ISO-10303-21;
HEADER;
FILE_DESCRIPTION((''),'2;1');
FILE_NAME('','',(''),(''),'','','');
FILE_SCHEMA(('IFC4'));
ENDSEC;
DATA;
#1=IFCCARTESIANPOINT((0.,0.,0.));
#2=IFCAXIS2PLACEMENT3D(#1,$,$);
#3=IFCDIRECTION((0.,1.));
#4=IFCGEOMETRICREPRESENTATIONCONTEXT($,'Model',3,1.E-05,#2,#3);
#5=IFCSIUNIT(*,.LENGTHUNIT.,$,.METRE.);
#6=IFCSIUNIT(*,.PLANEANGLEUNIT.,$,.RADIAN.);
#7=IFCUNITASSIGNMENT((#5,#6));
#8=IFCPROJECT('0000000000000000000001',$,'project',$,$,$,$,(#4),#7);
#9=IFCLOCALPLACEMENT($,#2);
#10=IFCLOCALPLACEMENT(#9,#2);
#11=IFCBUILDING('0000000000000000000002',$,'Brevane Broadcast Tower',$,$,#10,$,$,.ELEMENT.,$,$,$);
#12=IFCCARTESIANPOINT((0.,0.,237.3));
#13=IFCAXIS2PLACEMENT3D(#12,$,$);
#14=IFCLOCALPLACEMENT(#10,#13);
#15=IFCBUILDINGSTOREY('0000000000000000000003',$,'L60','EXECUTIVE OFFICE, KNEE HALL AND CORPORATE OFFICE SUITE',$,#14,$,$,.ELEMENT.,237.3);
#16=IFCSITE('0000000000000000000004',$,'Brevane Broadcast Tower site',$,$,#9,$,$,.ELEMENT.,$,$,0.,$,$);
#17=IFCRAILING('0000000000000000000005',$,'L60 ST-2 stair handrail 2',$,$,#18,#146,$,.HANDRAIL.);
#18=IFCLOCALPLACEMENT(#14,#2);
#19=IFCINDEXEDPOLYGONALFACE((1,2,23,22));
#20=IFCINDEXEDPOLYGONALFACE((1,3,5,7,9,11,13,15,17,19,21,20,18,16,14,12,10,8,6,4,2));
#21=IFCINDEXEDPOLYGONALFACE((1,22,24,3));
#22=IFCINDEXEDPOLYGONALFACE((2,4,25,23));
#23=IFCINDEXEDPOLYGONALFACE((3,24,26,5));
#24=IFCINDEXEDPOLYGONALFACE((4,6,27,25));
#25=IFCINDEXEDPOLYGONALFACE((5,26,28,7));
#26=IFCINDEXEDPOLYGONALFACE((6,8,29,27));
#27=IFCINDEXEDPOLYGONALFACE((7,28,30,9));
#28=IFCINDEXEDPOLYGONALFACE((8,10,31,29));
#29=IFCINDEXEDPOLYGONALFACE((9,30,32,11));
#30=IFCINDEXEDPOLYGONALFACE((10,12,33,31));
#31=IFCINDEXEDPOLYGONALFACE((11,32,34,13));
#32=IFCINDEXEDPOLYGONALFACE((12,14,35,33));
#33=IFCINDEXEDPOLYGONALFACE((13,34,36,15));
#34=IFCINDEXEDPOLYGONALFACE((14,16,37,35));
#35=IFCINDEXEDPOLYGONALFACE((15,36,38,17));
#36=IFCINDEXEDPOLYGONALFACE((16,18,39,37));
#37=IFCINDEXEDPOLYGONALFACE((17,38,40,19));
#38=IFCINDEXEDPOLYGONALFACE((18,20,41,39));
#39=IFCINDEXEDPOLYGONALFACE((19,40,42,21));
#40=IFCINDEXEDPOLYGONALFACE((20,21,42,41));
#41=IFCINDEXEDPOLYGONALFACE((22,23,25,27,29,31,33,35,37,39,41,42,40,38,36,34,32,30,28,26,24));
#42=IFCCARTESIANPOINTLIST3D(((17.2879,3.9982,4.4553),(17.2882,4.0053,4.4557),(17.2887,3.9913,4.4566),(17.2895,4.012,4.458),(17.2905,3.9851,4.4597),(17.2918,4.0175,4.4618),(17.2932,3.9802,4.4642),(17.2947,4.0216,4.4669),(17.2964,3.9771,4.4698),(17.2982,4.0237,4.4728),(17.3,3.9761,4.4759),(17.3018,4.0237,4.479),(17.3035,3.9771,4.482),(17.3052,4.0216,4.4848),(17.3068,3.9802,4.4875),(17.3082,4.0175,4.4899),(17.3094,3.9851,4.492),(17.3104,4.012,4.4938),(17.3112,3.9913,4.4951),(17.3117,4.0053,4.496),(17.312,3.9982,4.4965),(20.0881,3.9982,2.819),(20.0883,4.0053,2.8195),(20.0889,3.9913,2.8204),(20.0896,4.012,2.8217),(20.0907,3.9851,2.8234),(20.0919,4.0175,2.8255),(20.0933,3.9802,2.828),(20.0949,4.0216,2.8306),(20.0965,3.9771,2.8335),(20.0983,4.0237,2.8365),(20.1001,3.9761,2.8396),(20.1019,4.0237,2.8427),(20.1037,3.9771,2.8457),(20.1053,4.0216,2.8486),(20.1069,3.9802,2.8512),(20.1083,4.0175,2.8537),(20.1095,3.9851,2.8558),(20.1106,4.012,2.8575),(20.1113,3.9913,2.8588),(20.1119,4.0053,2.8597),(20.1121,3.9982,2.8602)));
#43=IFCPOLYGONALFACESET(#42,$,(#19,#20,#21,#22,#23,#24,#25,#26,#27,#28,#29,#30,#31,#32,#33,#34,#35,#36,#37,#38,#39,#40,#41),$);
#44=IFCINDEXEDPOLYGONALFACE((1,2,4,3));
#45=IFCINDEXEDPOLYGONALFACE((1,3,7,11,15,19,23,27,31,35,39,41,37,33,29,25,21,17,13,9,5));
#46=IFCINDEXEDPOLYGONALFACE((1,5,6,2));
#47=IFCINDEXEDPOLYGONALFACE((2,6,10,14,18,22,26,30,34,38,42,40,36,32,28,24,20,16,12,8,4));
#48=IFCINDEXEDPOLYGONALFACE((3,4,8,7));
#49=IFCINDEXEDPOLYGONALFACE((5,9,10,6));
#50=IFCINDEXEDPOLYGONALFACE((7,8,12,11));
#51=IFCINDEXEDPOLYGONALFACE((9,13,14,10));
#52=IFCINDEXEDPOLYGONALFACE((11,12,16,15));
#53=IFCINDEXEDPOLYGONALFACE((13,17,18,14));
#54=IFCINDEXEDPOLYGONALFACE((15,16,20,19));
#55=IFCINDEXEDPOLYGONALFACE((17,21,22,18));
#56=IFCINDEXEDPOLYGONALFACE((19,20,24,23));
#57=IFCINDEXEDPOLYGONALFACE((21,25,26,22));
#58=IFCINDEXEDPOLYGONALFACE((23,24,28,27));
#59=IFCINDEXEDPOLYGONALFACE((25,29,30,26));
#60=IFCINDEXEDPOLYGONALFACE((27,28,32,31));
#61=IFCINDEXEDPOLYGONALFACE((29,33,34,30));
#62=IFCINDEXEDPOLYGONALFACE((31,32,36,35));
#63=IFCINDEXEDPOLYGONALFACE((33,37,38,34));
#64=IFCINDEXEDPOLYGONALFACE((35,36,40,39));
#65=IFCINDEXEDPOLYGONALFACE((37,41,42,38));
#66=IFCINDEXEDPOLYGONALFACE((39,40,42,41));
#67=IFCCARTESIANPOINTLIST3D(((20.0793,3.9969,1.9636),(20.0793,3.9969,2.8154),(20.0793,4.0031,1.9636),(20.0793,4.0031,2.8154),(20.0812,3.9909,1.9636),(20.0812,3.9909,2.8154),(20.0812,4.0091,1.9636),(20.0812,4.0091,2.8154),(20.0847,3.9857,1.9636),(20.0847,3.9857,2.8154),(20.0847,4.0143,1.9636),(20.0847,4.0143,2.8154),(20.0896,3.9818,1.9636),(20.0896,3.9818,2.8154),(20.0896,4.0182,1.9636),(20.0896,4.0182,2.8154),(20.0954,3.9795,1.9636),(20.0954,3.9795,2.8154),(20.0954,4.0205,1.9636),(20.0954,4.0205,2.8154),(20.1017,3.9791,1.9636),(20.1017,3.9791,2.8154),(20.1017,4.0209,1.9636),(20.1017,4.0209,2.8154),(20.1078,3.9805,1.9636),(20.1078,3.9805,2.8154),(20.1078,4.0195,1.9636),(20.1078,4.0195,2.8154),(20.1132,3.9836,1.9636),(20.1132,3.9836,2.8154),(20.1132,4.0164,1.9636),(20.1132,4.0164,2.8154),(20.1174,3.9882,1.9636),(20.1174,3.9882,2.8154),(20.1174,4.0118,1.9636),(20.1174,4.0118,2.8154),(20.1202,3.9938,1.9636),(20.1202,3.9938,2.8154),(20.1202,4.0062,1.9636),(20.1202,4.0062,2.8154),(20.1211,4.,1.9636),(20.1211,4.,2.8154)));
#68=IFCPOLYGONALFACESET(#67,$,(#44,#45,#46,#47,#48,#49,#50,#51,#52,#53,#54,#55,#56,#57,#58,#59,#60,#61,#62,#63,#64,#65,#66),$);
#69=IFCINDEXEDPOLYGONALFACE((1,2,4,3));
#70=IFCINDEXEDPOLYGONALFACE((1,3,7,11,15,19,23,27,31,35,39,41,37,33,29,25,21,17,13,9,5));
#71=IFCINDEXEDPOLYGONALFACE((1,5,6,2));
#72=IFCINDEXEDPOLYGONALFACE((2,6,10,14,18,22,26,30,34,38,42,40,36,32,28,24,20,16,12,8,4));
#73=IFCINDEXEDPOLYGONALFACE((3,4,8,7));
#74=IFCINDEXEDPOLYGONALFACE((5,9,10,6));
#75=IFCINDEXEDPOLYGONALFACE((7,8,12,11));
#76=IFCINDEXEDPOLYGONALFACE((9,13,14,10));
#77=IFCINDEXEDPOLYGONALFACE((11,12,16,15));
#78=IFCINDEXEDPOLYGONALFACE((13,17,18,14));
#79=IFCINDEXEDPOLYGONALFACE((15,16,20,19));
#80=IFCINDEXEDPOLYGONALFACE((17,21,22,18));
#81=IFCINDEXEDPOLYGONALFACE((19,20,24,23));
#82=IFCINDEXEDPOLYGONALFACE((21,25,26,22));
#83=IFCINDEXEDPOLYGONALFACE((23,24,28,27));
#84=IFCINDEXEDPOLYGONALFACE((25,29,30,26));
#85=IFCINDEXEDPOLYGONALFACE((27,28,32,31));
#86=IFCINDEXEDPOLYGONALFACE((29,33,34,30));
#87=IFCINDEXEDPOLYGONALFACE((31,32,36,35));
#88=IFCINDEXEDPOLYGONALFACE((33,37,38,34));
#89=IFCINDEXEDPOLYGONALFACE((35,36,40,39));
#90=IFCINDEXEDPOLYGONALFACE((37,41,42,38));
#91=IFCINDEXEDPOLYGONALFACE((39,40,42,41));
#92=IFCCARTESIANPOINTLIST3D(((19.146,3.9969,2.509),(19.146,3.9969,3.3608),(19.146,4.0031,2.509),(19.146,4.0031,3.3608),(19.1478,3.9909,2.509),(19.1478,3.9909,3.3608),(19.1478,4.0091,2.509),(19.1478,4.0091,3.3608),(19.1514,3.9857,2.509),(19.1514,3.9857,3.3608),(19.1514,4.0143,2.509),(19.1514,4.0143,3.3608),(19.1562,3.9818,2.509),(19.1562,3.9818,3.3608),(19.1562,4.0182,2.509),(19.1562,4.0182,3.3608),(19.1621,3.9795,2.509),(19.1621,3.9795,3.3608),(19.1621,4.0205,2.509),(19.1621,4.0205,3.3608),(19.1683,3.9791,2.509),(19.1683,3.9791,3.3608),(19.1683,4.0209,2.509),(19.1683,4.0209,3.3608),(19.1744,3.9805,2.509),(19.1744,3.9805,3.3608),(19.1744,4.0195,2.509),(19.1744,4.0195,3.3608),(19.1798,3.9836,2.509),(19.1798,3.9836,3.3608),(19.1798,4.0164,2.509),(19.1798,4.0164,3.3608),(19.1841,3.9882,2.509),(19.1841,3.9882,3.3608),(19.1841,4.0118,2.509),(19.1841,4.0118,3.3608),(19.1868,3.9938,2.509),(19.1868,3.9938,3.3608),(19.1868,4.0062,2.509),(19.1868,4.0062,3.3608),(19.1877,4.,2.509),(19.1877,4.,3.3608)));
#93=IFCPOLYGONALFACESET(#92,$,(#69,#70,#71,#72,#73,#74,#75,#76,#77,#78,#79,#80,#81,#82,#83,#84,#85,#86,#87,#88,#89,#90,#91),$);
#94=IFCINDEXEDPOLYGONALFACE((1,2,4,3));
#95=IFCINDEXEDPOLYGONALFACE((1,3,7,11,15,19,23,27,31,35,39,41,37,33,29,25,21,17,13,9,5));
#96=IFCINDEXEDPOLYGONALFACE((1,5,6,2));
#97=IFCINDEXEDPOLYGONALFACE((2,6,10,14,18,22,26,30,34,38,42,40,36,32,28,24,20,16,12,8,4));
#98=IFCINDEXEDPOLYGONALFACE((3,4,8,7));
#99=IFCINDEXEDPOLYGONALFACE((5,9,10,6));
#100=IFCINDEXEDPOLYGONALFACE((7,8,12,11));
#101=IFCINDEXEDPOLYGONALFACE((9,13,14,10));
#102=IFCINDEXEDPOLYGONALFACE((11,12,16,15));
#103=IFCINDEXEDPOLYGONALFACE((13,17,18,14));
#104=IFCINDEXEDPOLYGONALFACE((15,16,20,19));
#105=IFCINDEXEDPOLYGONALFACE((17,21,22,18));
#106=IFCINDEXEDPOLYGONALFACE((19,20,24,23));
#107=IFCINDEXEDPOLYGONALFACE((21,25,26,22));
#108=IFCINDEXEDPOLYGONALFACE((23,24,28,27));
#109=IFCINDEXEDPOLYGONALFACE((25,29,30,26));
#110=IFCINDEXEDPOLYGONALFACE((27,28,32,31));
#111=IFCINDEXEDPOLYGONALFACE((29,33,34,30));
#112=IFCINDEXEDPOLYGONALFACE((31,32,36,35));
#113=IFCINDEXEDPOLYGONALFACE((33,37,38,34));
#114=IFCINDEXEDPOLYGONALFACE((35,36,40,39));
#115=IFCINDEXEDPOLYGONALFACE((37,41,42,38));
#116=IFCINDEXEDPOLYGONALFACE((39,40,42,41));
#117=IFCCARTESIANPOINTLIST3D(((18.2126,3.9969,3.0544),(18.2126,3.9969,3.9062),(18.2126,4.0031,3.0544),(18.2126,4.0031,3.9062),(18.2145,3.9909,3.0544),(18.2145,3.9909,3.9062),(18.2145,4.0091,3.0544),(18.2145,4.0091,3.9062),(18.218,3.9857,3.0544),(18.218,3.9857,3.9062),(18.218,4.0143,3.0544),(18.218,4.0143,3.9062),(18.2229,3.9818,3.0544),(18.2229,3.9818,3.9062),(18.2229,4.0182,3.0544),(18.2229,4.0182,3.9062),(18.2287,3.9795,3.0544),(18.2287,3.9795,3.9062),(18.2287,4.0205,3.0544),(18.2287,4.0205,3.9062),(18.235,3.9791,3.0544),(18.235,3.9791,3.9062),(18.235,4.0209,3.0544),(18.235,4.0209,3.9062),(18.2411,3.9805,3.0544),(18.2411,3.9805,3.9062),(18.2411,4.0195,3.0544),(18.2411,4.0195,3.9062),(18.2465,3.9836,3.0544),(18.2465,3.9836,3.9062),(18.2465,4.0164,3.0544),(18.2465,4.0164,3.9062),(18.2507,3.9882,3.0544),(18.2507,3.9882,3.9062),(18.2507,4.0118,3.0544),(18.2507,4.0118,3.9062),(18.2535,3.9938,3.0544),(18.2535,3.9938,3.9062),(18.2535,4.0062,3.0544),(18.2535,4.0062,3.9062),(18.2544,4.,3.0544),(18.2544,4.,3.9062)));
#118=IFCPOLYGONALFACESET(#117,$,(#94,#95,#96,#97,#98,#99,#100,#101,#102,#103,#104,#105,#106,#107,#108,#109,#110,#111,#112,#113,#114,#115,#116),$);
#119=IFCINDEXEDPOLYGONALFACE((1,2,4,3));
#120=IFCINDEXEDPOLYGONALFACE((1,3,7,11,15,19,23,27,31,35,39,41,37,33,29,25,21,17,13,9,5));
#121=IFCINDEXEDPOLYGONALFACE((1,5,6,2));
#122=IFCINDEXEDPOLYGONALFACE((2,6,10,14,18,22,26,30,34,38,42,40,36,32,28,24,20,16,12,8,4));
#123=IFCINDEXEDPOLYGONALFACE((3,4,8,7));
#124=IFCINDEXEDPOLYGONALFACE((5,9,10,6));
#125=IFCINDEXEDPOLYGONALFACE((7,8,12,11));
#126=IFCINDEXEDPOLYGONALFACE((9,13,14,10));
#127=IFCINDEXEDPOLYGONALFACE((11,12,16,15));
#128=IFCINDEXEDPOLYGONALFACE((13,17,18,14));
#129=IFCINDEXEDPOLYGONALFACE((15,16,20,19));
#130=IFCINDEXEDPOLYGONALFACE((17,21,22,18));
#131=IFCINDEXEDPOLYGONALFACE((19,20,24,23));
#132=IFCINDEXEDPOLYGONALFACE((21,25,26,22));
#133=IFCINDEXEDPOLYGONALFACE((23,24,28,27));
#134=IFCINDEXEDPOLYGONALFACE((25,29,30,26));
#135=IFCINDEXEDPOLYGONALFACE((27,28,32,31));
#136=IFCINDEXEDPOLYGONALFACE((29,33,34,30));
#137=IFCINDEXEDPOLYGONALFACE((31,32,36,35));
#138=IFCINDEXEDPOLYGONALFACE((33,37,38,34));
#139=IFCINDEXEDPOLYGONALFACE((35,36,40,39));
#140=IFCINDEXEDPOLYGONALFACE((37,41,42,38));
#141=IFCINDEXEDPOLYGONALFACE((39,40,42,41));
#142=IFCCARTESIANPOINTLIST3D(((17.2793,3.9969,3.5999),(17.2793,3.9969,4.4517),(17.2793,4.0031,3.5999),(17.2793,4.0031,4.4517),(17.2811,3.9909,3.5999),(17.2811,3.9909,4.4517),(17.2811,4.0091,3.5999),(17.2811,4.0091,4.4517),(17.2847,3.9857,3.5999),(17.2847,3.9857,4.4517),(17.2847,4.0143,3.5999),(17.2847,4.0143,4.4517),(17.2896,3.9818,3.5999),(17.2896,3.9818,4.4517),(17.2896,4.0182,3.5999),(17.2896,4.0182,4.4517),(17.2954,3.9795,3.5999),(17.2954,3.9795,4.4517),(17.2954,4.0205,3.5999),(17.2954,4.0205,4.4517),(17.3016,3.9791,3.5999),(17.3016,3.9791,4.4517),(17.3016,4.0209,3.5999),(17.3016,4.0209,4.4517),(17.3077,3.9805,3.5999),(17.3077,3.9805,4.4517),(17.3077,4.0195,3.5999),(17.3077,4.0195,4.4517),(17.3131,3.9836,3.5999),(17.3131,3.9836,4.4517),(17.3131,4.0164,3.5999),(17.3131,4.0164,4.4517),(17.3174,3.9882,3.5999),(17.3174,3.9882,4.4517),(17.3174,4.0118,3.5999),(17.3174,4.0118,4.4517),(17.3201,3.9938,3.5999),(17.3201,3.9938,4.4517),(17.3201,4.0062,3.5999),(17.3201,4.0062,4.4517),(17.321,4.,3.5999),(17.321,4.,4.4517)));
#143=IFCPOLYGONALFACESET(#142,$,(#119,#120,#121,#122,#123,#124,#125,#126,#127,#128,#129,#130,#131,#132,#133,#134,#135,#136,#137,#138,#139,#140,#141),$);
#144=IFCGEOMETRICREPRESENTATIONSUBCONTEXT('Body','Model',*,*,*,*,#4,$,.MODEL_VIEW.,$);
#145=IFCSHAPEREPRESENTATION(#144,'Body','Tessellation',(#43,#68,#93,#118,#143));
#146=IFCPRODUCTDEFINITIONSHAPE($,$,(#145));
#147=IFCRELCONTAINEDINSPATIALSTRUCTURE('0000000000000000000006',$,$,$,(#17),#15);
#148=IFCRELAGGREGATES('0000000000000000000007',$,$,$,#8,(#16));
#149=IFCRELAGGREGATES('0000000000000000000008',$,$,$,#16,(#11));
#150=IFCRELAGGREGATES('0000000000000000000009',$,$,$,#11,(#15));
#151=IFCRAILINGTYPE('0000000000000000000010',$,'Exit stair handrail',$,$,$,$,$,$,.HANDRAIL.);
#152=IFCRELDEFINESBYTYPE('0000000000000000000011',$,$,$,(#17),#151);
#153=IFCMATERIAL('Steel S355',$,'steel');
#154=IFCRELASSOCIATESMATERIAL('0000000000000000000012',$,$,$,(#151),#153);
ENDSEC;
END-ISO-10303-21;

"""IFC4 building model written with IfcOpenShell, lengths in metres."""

from ifc_helpers import new_model, si_unit, direction, frame, origin, origin_2d, place, context, subcontext, project, spatial, circle, extrude, material, type_object, element, save


model = new_model("IFC4")

# Units and contexts
model_context = context("Model", 3, precision=1e-05, world=origin(), true_north=direction((0.0, 1.0)))
body_context = subcontext(model_context, "Body", "Model", "MODEL_VIEW")
ifc_project = project(units=[si_unit("LENGTHUNIT", "METRE"), si_unit("PLANEANGLEUNIT", "RADIAN")], contexts=[model_context])

# Site, building, storey
site_placement = place(None, origin())
site = spatial("IfcSite", under=ifc_project, at=site_placement, Name="Brevane Broadcast Tower site", CompositionType="ELEMENT", RefElevation=0.0)
building_placement = place(site_placement, origin())
building = spatial("IfcBuilding", under=site, at=building_placement, Name="Brevane Broadcast Tower", CompositionType="ELEMENT")
storey_placement = place(building_placement, frame((0.0, 0.0, 237.3)))
storey = spatial("IfcBuildingStorey", under=building, at=storey_placement, Name="L60", Description="EXECUTIVE OFFICE, KNEE HALL AND CORPORATE OFFICE SUITE", CompositionType="ELEMENT", Elevation=237.3)

# Railing
ifc_material_1 = material(Name="Steel S355", Category="steel")
railing_type_1 = type_object("IfcRailingType", Name="Exit stair handrail", PredefinedType="HANDRAIL", material=ifc_material_1)
railing_1_placement = place(storey_placement, frame((20.1001, 4.0, 1.9636)))
element("IfcRailing", 1, at=railing_1_placement, inside=storey, type_object=railing_type_1, Name="L60 ST-2 stair handrail 2", PredefinedType="HANDRAIL", context=body_context, shape_type="SweptSolid", body=[
    extrude(circle(Radius=0.0239, at=origin_2d()), frame((0.0, 0.0, 0.876), z_axis=(-0.863394, 0.0, 0.504531), x_axis=(0.0, -1.0, 0.0)), (0.0, 0.0, 1.0), 3.2432),
    extrude(circle(Radius=0.021, at=origin_2d()), origin(), (0.0, 0.0, 1.0), 0.8518),
    extrude(circle(Radius=0.021, at=origin_2d()), frame((-0.9333, 0.0, 0.5454)), (0.0, 0.0, 1.0), 0.8518),
    extrude(circle(Radius=0.021, at=origin_2d()), frame((-1.8667, 0.0, 1.0908)), (0.0, 0.0, 1.0), 0.8518),
    extrude(circle(Radius=0.021, at=origin_2d()), frame((-2.8, 0.0, 1.6362)), (0.0, 0.0, 1.0), 0.8518),
])

save(model, "model.ifc")
